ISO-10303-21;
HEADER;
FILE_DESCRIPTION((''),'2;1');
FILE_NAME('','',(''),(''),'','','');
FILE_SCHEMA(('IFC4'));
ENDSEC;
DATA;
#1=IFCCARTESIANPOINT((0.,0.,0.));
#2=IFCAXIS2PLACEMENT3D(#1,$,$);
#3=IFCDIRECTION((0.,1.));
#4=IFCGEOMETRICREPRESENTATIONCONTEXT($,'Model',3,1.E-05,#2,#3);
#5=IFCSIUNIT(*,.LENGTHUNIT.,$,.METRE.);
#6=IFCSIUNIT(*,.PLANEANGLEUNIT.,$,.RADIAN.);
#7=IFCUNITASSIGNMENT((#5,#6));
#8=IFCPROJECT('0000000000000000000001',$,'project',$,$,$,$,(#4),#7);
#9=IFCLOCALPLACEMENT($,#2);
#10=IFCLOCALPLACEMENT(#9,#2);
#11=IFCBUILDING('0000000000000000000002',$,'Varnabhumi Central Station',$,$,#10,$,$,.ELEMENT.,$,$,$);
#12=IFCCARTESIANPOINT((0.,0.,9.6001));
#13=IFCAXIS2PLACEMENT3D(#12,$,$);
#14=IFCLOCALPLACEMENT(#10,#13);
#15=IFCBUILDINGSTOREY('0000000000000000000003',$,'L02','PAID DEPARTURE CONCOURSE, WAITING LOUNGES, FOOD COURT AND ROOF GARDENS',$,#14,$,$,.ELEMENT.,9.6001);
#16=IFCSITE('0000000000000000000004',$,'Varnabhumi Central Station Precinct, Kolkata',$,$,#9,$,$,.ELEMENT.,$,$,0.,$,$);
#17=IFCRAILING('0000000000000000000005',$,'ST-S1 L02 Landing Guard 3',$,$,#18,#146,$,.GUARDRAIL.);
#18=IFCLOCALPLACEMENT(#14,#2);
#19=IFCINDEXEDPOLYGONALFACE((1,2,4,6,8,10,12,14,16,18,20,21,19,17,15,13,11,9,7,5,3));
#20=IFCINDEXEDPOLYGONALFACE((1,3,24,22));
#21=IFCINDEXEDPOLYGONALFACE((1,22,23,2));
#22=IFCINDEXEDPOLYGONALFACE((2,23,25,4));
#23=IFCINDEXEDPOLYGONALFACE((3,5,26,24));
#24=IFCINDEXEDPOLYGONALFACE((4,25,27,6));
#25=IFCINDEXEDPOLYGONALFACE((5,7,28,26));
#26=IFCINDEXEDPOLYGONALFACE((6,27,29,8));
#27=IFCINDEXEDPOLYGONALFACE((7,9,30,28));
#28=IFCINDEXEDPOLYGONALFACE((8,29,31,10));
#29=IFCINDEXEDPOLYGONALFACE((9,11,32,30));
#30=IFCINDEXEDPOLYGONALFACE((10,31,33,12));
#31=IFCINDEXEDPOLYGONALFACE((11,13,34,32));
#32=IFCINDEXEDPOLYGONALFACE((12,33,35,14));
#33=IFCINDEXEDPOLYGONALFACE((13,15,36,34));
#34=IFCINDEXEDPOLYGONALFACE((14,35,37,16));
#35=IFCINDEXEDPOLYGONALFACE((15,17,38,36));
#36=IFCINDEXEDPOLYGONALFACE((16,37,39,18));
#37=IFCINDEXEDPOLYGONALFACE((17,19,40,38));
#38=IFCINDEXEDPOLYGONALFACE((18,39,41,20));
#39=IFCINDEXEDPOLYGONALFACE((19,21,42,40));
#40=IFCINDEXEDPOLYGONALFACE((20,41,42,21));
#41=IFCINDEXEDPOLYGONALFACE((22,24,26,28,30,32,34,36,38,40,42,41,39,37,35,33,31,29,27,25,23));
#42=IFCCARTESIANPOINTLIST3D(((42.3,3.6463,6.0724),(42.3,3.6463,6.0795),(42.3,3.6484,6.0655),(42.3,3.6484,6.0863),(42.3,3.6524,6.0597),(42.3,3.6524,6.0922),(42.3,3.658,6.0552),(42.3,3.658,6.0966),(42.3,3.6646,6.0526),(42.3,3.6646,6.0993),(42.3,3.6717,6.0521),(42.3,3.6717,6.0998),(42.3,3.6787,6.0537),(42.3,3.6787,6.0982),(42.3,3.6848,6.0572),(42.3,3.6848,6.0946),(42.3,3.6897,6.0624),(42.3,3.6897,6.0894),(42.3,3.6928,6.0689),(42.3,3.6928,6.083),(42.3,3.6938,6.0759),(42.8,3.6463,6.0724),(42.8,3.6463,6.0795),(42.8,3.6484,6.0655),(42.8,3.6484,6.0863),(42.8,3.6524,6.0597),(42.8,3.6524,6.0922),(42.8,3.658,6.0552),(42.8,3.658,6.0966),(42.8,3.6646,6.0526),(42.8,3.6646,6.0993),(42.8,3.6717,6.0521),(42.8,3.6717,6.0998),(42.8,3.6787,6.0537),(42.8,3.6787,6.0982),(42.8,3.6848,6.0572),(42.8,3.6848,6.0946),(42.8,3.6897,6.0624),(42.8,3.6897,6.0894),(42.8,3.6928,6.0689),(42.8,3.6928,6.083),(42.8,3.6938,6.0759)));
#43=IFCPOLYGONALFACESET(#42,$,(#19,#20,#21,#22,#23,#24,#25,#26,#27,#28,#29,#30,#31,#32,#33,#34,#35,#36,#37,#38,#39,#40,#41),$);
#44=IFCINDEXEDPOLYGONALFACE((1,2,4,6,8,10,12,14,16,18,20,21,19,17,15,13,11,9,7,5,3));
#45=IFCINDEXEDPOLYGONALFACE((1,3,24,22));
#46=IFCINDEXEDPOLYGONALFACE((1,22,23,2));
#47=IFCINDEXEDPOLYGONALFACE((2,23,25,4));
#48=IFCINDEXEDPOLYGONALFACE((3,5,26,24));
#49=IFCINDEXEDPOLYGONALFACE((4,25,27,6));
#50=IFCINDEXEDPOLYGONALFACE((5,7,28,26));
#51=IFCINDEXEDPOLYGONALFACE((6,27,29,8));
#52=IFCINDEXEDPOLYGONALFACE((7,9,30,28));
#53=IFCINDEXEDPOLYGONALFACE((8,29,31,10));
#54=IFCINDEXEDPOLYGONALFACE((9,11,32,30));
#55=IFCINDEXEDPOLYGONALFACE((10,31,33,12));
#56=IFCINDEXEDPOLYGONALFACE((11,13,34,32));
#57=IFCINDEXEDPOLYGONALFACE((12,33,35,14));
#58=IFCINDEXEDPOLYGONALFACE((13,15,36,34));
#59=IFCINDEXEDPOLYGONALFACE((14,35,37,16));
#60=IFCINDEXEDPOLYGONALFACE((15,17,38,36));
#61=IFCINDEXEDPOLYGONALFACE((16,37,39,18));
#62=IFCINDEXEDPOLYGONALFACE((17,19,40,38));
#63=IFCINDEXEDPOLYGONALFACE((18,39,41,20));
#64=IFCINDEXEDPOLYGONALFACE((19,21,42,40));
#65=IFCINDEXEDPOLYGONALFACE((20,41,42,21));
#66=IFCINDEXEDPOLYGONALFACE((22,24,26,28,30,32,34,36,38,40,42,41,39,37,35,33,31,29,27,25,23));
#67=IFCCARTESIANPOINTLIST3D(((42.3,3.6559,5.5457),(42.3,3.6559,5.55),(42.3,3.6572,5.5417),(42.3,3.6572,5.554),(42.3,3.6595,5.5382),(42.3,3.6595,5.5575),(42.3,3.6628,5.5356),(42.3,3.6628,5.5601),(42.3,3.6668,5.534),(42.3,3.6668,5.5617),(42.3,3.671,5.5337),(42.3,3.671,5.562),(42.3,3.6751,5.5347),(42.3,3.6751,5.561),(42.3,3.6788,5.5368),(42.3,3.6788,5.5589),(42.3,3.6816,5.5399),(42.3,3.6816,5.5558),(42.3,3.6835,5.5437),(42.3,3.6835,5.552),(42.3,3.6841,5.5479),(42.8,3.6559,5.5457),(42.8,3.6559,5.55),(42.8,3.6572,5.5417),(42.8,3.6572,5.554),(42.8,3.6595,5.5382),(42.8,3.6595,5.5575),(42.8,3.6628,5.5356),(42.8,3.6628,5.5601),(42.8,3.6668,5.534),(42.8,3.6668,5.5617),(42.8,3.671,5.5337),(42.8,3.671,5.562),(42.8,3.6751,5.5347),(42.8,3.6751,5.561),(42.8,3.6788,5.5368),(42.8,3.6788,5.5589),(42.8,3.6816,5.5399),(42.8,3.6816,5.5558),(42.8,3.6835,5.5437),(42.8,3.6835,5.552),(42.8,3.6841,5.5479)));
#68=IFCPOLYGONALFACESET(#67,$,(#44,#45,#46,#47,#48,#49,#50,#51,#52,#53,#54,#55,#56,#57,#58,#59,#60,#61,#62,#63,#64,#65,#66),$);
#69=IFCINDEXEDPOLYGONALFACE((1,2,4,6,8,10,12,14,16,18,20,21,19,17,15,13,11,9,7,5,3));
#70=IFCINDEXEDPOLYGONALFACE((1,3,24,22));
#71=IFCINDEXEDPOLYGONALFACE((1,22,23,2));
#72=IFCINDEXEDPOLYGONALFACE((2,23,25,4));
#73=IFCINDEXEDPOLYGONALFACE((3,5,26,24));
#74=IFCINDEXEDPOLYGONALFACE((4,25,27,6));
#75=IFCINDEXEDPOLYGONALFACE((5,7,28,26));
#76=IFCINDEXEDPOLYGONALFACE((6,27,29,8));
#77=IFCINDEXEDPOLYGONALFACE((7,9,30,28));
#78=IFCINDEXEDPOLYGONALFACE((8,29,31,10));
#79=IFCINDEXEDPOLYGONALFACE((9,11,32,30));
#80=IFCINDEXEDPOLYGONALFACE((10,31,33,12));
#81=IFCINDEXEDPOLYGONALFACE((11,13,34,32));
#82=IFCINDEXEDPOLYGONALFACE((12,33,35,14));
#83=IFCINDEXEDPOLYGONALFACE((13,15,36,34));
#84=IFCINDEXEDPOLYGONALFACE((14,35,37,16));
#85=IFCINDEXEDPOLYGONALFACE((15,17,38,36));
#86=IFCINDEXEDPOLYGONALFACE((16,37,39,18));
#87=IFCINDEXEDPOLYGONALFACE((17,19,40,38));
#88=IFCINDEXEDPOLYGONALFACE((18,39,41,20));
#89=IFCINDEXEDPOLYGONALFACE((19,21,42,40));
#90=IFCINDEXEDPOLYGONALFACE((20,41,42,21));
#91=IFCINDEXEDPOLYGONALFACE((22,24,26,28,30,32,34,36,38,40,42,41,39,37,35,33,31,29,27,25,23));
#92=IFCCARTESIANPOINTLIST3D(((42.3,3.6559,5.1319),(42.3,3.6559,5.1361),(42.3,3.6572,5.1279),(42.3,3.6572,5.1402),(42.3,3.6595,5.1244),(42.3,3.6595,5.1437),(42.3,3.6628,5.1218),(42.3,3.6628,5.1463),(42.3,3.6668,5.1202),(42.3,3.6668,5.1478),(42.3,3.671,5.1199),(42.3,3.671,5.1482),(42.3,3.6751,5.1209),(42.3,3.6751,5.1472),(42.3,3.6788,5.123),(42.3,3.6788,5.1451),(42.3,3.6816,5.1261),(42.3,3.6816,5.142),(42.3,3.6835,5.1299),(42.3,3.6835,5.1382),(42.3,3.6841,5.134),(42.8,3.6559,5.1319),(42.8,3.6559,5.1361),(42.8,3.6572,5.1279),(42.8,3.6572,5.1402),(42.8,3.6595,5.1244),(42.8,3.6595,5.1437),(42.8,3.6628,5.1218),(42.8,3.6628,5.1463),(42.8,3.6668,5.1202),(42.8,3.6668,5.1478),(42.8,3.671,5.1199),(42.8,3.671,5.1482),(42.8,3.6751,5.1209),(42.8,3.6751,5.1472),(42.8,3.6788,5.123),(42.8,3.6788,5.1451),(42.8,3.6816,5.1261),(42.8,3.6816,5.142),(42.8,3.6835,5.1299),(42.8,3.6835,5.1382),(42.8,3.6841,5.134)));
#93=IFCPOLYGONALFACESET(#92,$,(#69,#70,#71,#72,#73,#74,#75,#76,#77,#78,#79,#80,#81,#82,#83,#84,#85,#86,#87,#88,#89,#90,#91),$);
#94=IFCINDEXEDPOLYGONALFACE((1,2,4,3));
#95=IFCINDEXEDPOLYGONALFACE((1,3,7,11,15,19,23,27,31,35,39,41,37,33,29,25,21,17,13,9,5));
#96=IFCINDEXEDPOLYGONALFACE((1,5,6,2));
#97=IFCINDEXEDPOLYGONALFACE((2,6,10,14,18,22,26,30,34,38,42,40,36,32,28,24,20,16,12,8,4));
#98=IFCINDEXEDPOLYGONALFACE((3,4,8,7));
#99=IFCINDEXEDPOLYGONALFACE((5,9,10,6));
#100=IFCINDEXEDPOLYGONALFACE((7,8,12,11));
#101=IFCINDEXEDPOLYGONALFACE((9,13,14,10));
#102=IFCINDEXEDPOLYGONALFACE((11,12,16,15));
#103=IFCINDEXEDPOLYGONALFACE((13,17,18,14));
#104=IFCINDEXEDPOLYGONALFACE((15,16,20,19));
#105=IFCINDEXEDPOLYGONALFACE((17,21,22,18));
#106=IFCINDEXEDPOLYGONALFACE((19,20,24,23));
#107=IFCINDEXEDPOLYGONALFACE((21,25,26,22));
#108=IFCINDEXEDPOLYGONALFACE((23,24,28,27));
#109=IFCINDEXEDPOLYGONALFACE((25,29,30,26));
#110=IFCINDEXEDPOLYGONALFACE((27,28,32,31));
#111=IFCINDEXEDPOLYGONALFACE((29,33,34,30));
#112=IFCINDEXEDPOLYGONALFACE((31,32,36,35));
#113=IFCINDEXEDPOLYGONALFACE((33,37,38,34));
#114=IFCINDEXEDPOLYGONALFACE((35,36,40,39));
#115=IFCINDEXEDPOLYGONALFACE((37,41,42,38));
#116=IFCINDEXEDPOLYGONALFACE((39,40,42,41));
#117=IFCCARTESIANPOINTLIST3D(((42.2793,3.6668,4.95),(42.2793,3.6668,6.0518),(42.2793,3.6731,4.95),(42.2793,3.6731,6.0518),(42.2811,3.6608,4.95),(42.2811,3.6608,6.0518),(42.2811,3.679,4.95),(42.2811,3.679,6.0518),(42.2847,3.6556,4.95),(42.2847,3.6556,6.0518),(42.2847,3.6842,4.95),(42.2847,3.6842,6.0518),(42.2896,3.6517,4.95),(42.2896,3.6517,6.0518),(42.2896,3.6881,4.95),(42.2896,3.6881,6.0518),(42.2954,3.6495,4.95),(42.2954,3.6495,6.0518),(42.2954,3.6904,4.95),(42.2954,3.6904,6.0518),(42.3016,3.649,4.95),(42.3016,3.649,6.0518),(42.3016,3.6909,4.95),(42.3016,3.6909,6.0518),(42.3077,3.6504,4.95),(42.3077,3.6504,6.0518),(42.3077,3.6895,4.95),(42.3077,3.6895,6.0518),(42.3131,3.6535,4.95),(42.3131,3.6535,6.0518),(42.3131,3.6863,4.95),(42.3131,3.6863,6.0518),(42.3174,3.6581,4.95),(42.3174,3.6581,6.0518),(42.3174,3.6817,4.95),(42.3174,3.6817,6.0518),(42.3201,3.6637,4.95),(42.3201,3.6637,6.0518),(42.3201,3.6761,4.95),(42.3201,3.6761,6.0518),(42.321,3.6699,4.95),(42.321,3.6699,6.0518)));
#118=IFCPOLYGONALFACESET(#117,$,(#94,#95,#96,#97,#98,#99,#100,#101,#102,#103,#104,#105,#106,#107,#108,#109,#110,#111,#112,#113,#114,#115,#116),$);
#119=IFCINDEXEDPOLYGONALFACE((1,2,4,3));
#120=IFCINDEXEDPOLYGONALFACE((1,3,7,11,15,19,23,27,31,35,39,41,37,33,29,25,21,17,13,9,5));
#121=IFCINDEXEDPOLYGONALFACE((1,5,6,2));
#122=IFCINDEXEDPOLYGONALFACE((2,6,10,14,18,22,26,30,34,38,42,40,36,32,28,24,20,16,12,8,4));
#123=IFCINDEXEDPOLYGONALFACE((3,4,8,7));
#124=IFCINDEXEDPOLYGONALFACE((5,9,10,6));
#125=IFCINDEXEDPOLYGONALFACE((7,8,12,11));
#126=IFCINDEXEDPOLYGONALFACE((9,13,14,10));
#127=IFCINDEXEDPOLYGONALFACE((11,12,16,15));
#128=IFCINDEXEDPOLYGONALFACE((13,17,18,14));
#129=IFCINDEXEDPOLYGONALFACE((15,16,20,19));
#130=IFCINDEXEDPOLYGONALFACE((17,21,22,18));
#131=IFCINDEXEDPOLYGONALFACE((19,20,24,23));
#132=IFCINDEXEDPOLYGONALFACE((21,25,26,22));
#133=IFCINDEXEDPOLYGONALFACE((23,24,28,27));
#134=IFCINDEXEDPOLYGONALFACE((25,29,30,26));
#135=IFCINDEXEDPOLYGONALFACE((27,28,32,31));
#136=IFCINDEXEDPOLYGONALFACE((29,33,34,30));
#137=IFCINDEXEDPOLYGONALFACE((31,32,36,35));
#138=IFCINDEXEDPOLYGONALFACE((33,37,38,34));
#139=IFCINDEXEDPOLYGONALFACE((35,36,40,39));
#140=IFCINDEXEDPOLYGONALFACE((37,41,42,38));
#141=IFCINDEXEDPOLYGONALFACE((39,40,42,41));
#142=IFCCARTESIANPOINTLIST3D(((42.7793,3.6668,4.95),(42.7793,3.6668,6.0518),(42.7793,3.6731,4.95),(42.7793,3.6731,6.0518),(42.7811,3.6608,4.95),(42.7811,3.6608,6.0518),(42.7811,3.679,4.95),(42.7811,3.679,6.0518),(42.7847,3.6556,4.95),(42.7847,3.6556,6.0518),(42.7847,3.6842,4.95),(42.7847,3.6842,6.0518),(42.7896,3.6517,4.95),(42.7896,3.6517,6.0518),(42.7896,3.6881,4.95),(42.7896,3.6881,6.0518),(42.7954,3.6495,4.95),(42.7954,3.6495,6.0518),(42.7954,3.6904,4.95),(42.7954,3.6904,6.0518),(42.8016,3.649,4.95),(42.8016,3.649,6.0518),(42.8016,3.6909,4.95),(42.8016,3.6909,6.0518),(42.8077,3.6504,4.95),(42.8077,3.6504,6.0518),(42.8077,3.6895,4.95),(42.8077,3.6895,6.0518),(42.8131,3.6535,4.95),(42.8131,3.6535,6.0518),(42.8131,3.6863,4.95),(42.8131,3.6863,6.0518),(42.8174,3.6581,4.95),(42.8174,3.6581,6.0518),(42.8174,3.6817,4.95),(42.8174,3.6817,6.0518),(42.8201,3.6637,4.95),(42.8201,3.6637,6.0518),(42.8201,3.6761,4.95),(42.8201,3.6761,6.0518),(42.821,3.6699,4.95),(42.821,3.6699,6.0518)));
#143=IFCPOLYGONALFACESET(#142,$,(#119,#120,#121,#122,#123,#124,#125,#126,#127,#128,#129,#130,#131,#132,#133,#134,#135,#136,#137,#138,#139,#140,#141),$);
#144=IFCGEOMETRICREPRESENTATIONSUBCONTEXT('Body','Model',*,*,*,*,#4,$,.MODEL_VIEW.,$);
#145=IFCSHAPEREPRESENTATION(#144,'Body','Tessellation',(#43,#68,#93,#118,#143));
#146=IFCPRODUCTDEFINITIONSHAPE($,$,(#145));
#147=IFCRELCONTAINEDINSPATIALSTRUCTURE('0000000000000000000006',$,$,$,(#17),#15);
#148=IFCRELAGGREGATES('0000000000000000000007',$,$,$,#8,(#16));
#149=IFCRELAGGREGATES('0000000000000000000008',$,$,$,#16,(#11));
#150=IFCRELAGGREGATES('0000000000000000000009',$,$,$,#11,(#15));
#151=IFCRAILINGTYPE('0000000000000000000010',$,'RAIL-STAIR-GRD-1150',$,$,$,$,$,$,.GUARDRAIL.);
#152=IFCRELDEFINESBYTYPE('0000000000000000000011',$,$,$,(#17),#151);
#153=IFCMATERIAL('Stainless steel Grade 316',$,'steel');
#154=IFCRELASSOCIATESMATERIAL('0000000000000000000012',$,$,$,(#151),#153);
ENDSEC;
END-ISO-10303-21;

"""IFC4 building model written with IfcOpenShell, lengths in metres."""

from ifc_helpers import new_model, si_unit, direction, frame, origin, origin_2d, place, context, subcontext, project, spatial, circle, extrude, material, type_object, element, save


model = new_model("IFC4")

# Units and contexts
model_context = context("Model", 3, precision=1e-05, world=origin(), true_north=direction((0.0, 1.0)))
body_context = subcontext(model_context, "Body", "Model", "MODEL_VIEW")
ifc_project = project(units=[si_unit("LENGTHUNIT", "METRE"), si_unit("PLANEANGLEUNIT", "RADIAN")], contexts=[model_context])

# Site, building, storey
site_placement = place(None, origin())
site = spatial("IfcSite", under=ifc_project, at=site_placement, Name="Varnabhumi Central Station Precinct, Kolkata", CompositionType="ELEMENT", RefElevation=0.0)
building_placement = place(site_placement, origin())
building = spatial("IfcBuilding", under=site, at=building_placement, Name="Varnabhumi Central Station", CompositionType="ELEMENT")
storey_placement = place(building_placement, frame((0.0, 0.0, 9.6001)))
storey = spatial("IfcBuildingStorey", under=building, at=storey_placement, Name="L02", Description="PAID DEPARTURE CONCOURSE, WAITING LOUNGES, FOOD COURT AND ROOF GARDENS", CompositionType="ELEMENT", Elevation=9.6001)

# Railing
ifc_material_1 = material(Name="Stainless steel Grade 316", Category="steel")
railing_type_1 = type_object("IfcRailingType", Name="RAIL-STAIR-GRD-1150", PredefinedType="GUARDRAIL", material=ifc_material_1)
for number, where, name in (
    (1, (42.3, 3.6699, 4.95), "ST-S1 L02 Landing Guard 3"),
):
    element("IfcRailing", number, at=place(storey_placement, frame(where)), inside=storey, type_object=railing_type_1, Name=name, PredefinedType="GUARDRAIL", context=body_context, shape_type="SweptSolid", body=[
        extrude(circle(Radius=0.0239, at=origin_2d()), frame((0.0, 0.0, 1.126), z_axis=(1.0, 0.0, 0.0), x_axis=(0.0, 1.0, 0.0)), (0.0, 0.0, 1.0), 0.5),
        extrude(circle(Radius=0.0142, at=origin_2d()), frame((0.0, 0.0, 0.5979), z_axis=(1.0, 0.0, 0.0), x_axis=(0.0, 1.0, 0.0)), (0.0, 0.0, 1.0), 0.5),
        extrude(circle(Radius=0.0142, at=origin_2d()), frame((0.0, 0.0, 0.1841), z_axis=(1.0, 0.0, 0.0), x_axis=(0.0, 1.0, 0.0)), (0.0, 0.0, 1.0), 0.5),
        extrude(circle(Radius=0.021, at=origin_2d()), origin(), (0.0, 0.0, 1.0), 1.1018),
        extrude(circle(Radius=0.021, at=origin_2d()), frame((0.5, 0.0, 0.0)), (0.0, 0.0, 1.0), 1.1018),
    ])

save(model, "model.ifc")
